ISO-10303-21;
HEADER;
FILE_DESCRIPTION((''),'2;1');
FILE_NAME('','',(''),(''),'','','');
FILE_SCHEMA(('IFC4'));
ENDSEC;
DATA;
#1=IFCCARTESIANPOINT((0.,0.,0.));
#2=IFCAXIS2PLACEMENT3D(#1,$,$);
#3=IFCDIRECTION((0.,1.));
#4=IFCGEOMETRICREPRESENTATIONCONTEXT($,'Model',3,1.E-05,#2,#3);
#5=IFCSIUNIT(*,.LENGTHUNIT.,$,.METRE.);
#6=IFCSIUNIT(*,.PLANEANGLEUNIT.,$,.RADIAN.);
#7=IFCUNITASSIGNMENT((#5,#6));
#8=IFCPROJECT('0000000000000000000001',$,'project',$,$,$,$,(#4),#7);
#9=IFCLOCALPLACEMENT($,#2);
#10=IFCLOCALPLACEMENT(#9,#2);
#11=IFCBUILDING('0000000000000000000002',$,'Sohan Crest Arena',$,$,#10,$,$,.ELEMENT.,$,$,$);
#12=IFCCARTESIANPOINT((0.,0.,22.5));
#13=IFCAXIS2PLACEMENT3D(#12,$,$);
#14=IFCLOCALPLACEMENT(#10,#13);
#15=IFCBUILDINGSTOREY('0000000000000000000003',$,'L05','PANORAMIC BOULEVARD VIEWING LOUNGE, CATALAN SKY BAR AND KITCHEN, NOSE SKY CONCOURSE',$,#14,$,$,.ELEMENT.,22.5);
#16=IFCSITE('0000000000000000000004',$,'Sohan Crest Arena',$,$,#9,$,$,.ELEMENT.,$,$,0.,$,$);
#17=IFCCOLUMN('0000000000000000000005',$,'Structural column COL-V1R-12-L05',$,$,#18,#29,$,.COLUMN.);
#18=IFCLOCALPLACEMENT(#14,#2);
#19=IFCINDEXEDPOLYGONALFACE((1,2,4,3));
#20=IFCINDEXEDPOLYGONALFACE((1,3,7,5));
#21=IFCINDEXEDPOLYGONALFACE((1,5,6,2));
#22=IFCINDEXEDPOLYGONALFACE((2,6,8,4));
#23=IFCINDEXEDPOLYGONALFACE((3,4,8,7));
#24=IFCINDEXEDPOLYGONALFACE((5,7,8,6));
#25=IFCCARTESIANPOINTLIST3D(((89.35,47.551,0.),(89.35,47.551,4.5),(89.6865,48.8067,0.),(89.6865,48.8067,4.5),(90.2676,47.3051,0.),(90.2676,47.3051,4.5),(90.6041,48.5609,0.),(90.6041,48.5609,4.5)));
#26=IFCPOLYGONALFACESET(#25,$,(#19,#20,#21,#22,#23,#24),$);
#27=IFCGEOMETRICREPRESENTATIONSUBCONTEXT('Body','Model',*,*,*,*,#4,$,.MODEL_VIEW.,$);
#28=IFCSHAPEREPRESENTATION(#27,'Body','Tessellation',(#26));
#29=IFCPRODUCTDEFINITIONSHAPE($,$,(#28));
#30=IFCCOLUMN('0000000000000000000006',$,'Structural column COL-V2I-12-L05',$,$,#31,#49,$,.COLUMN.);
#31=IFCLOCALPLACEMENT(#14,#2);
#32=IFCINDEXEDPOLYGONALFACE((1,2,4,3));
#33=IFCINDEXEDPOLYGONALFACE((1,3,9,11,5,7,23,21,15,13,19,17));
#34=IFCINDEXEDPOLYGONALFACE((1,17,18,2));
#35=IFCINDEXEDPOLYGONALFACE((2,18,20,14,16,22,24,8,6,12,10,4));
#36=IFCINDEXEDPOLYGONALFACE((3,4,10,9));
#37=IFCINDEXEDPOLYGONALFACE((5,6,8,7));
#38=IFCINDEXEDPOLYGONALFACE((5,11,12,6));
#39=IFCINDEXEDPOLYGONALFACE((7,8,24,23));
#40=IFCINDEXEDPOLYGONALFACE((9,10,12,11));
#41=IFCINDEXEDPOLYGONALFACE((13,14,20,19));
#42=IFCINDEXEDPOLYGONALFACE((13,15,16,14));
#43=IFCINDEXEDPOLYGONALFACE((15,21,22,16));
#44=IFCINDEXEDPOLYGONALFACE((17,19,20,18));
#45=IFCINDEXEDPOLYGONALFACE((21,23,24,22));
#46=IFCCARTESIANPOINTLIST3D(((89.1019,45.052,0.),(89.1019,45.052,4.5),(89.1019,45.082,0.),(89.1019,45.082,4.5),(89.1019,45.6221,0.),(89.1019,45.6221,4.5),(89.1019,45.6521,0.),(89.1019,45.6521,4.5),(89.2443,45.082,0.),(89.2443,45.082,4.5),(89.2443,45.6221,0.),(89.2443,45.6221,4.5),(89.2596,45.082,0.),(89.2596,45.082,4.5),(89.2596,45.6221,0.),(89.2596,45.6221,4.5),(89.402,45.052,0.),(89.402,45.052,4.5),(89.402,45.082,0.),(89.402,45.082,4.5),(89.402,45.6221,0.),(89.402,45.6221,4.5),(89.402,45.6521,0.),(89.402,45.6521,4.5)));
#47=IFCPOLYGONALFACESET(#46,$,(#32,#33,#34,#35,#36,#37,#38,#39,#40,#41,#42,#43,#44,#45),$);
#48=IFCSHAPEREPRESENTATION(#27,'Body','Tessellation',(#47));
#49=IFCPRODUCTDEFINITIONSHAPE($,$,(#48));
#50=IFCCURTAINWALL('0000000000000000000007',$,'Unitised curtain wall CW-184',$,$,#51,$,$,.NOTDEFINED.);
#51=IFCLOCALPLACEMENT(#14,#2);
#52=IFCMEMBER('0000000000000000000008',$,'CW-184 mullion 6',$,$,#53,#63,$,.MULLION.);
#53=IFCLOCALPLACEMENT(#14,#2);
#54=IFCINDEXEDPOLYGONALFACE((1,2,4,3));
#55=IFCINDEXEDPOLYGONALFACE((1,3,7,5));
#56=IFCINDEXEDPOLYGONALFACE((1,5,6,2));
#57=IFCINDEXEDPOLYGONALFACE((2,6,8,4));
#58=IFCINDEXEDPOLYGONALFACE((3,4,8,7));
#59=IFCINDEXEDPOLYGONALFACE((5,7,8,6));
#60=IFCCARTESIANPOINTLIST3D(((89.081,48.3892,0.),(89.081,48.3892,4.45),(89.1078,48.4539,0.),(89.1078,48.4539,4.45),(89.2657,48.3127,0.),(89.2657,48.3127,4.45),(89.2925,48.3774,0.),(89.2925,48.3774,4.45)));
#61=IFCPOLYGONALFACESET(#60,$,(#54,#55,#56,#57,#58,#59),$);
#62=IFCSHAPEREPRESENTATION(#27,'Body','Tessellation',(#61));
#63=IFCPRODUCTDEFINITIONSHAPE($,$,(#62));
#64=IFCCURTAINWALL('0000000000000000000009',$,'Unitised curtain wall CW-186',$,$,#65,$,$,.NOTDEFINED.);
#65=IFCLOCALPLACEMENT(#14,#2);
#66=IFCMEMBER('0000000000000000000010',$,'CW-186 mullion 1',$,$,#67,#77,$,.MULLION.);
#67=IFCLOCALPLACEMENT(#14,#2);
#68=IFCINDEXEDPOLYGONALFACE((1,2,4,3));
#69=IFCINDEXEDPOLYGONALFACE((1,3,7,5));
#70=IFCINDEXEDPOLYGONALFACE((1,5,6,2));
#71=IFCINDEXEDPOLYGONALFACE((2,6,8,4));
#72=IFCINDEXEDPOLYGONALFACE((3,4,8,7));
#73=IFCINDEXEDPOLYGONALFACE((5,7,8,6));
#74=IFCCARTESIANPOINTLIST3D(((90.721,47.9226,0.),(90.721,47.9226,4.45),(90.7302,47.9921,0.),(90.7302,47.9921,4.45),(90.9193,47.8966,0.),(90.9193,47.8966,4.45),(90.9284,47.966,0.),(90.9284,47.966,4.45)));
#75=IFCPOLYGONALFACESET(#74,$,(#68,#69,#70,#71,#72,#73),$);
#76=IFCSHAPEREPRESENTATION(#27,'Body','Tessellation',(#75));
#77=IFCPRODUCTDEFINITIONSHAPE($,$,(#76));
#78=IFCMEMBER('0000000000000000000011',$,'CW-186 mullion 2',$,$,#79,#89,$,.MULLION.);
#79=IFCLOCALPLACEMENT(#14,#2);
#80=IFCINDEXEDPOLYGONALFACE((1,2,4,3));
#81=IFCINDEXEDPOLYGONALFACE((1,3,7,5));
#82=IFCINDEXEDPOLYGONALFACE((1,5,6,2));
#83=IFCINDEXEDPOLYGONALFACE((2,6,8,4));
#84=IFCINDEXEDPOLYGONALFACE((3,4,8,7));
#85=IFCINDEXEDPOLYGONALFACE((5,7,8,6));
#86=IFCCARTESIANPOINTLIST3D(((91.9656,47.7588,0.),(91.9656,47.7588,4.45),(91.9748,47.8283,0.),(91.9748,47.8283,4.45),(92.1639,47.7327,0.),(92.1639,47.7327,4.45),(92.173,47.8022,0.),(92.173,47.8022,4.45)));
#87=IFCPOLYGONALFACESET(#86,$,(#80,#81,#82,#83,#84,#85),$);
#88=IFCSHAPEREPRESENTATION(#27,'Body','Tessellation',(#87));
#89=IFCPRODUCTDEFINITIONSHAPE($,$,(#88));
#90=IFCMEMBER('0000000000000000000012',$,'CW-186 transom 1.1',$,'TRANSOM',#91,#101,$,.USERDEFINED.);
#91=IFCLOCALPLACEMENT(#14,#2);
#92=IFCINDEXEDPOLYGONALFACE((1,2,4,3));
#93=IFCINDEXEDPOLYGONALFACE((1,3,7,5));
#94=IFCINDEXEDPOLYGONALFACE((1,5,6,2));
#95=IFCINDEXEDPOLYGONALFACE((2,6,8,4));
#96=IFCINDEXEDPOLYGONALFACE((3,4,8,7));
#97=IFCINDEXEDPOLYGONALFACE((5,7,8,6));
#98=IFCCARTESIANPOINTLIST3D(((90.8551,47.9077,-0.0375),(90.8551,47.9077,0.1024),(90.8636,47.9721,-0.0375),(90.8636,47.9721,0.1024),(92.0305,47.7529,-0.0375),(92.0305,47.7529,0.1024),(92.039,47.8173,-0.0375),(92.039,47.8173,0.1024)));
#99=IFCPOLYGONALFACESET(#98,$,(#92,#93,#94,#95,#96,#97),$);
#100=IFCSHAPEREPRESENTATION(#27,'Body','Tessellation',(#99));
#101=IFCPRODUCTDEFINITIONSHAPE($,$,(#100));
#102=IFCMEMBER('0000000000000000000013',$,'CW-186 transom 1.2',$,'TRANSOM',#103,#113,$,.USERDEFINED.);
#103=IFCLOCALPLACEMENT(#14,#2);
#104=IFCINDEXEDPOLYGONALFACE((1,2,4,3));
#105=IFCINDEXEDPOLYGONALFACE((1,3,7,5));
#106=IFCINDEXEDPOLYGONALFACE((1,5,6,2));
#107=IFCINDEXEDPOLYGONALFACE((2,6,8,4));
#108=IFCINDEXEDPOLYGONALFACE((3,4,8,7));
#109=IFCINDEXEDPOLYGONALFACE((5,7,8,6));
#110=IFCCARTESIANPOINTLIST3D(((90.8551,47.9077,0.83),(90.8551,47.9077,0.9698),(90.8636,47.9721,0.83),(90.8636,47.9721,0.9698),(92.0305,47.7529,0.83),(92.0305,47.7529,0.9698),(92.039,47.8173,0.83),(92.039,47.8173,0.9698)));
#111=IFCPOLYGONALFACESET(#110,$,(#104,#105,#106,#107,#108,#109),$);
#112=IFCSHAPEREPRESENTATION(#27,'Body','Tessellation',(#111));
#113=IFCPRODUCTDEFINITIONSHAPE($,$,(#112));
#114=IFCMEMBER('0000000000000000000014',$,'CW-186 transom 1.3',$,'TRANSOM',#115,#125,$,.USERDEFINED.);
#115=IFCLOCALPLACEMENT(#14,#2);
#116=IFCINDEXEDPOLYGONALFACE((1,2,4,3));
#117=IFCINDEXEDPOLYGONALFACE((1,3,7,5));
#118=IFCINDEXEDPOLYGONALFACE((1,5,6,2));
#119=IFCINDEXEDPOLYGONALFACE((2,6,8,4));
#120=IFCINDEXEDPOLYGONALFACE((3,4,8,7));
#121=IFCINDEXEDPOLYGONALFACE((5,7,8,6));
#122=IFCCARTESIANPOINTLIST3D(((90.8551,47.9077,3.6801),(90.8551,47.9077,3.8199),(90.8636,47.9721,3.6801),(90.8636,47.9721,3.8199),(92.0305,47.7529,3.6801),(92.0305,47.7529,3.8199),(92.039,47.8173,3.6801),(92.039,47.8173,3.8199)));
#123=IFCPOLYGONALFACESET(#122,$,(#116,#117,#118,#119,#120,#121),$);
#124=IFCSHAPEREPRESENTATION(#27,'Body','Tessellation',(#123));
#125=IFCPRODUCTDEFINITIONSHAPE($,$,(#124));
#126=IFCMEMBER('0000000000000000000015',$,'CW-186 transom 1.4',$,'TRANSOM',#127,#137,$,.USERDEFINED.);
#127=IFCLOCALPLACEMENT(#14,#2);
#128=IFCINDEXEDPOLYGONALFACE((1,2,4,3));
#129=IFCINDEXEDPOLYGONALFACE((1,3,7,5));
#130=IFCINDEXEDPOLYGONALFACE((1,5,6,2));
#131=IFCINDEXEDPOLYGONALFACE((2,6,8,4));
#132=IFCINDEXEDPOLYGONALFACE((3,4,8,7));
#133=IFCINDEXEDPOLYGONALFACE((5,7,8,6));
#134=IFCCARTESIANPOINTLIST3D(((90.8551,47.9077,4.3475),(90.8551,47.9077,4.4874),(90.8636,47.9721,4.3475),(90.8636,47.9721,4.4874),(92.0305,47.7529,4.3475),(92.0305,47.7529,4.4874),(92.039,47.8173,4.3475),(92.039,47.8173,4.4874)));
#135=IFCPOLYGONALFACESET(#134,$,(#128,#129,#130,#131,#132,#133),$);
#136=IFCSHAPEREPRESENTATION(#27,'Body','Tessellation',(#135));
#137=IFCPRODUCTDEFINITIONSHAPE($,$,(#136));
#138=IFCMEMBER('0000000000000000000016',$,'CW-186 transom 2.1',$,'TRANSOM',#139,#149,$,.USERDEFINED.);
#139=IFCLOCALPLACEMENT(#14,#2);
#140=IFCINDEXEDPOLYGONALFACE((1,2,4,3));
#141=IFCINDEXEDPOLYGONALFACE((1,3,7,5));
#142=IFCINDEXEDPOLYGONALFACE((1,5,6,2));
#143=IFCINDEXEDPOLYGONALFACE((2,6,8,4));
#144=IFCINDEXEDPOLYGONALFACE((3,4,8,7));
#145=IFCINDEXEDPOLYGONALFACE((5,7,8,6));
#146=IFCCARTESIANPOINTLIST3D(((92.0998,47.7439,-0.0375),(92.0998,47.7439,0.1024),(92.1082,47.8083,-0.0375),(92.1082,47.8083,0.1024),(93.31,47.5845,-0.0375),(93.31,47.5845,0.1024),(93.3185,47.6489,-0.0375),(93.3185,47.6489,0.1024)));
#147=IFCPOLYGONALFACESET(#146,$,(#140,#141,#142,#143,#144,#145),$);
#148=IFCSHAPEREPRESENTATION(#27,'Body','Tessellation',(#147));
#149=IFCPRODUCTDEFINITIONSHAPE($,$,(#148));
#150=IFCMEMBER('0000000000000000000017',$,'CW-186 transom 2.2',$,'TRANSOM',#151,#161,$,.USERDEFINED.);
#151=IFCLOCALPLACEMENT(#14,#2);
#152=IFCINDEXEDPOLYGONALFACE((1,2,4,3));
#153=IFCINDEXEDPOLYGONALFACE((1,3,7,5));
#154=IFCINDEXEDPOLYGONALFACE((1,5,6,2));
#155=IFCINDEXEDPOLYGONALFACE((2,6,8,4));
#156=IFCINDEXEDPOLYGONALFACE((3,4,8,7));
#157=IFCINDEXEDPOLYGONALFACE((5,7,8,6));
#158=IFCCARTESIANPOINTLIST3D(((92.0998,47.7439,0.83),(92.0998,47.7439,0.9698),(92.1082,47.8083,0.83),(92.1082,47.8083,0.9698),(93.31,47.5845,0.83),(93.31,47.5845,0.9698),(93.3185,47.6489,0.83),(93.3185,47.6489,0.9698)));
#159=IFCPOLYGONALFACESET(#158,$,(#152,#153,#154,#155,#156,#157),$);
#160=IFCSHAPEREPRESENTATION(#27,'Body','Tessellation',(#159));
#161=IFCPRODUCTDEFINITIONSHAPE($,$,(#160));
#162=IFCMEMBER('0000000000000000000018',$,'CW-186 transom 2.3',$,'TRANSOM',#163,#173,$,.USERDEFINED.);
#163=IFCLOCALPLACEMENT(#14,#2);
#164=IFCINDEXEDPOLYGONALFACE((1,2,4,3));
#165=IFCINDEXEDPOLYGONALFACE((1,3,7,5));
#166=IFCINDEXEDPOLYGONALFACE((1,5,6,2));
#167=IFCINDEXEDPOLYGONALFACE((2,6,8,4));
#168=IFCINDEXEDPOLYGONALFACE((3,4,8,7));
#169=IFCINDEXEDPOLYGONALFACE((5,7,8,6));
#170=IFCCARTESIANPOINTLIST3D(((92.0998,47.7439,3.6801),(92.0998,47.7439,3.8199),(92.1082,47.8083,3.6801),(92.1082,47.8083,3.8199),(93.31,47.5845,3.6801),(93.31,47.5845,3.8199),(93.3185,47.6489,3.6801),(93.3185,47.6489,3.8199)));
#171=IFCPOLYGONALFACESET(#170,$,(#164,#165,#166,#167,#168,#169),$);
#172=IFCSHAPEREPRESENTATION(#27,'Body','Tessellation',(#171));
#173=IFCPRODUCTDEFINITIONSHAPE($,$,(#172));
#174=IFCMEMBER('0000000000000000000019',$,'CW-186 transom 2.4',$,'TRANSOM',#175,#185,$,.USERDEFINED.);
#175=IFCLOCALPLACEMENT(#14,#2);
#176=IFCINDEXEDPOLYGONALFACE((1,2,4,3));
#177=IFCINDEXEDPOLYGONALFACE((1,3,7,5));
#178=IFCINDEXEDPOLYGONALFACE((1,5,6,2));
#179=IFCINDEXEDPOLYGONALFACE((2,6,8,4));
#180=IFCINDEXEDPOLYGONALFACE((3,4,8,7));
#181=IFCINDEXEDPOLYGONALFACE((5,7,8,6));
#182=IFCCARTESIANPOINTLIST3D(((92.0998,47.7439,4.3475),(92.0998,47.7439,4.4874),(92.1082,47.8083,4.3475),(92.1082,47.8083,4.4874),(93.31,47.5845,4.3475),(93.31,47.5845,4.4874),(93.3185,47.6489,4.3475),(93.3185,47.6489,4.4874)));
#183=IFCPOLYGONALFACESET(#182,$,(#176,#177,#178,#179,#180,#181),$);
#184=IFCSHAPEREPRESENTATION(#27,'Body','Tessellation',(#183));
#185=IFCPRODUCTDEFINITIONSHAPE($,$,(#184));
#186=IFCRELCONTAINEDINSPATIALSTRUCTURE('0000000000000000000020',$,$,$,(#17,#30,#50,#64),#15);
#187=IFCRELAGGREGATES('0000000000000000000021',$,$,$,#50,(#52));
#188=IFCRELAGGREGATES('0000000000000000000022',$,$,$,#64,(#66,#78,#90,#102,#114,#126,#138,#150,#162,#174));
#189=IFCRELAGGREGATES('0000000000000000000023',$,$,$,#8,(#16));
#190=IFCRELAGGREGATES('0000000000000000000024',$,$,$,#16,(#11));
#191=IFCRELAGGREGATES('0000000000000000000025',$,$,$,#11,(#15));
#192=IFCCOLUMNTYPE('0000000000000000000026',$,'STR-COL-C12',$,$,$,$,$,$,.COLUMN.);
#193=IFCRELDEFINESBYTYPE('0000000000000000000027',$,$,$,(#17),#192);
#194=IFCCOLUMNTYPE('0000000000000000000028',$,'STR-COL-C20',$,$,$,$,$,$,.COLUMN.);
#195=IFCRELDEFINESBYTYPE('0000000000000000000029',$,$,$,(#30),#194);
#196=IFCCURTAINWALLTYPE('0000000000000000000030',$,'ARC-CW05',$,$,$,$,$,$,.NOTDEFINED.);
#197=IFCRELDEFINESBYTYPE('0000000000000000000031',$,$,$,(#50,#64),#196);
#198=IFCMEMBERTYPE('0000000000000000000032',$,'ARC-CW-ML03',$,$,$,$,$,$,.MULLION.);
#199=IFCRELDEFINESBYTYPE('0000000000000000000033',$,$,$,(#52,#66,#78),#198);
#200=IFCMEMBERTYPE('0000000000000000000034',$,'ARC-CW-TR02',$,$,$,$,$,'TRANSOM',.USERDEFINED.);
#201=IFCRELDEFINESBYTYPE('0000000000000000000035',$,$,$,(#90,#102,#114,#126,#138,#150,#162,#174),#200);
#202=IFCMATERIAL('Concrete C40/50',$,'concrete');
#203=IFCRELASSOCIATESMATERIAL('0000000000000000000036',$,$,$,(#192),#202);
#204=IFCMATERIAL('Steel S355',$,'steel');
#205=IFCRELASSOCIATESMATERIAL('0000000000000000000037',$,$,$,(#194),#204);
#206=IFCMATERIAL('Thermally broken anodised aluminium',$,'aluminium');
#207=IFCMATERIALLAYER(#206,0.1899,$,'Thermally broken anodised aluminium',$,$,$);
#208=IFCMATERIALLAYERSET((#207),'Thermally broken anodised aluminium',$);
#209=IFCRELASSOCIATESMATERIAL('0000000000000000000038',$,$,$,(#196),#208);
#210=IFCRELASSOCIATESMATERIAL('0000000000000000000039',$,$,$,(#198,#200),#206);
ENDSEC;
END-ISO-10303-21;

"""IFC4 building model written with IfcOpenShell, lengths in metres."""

from ifc_helpers import new_model, si_unit, direction, frame, origin, origin_2d, place, context, subcontext, project, spatial, rectangle, i_section, extrude, material, layer, layer_set, material_profile, profile_set, type_object, element, aggregate, save


model = new_model("IFC4")

# Units and contexts
model_context = context("Model", 3, precision=1e-05, world=origin(), true_north=direction((0.0, 1.0)))
body_context = subcontext(model_context, "Body", "Model", "MODEL_VIEW")
ifc_project = project(units=[si_unit("LENGTHUNIT", "METRE"), si_unit("PLANEANGLEUNIT", "RADIAN")], contexts=[model_context])

# Site, building, storey
site_placement = place(None, origin())
site = spatial("IfcSite", under=ifc_project, at=site_placement, Name="Sohan Crest Arena", CompositionType="ELEMENT", RefElevation=0.0)
building_placement = place(site_placement, origin())
building = spatial("IfcBuilding", under=site, at=building_placement, Name="Sohan Crest Arena", CompositionType="ELEMENT")
storey_placement = place(building_placement, frame((0.0, 0.0, 22.5)))
storey = spatial("IfcBuildingStorey", under=building, at=storey_placement, Name="L05", Description="PANORAMIC BOULEVARD VIEWING LOUNGE, CATALAN SKY BAR AND KITCHEN, NOSE SKY CONCOURSE", CompositionType="ELEMENT", Elevation=22.5)

# Columns
ifc_material_1 = material(Name="Concrete C40/50", Category="concrete")
ifc_material_profile_1 = material_profile(ifc_material_1, rectangle(XDim=1.3, YDim=0.95, at=origin_2d()), Name="RC 1300x950")
ifc_profile_set_1 = profile_set([ifc_material_profile_1], Name="Concrete C40/50")
column_type_1 = type_object("IfcColumnType", Name="STR-COL-C12", PredefinedType="COLUMN", material=ifc_profile_set_1)
column_1_placement = place(storey_placement, frame((89.9771, 48.0559, 0.0), z_axis=(0.0, 0.0, 1.0), x_axis=(0.258819, 0.965926, 0.0)))
element("IfcColumn", 1, at=column_1_placement, inside=storey, type_object=column_type_1, Name="Structural column COL-V1R-12-L05", PredefinedType="COLUMN", context=body_context, shape_type="SweptSolid", body=[
    extrude(rectangle(XDim=1.3, YDim=0.95, at=origin_2d()), origin(), (0.0, 0.0, 1.0), 4.5),
])
ifc_material_2 = material(Name="Steel S355", Category="steel")
ifc_material_profile_2 = material_profile(ifc_material_2, i_section(OverallWidth=0.3, OverallDepth=0.6001, WebThickness=0.0154, FlangeThickness=0.03, at=origin_2d()), Name="HEB 600")
ifc_profile_set_2 = profile_set([ifc_material_profile_2], Name="Steel S355")
column_type_2 = type_object("IfcColumnType", Name="STR-COL-C20", PredefinedType="COLUMN", material=ifc_profile_set_2)
column_2_placement = place(storey_placement, frame((89.252, 45.3521, 0.0), z_axis=(0.0, 0.0, 1.0), x_axis=(1.0, 0.0, 0.0)))
element("IfcColumn", 2, at=column_2_placement, inside=storey, type_object=column_type_2, Name="Structural column COL-V2I-12-L05", PredefinedType="COLUMN", context=body_context, shape_type="SweptSolid", body=[
    extrude(i_section(OverallWidth=0.3, OverallDepth=0.6001, WebThickness=0.0154, FlangeThickness=0.03, at=origin_2d()), origin(), (0.0, 0.0, 1.0), 4.5),
])

# Curtain wall, member
ifc_material_3 = material(Name="Thermally broken anodised aluminium", Category="aluminium")
ifc_layer_1 = layer(ifc_material_3, 0.1899, Name="Thermally broken anodised aluminium")
ifc_layer_set_1 = layer_set([ifc_layer_1], Name="Thermally broken anodised aluminium")
curtain_wall_type = type_object("IfcCurtainWallType", Name="ARC-CW05", PredefinedType="NOTDEFINED", material=ifc_layer_set_1)
curtain_wall_1_placement = place(storey_placement, origin())
curtain_wall_1 = element("IfcCurtainWall", 3, at=curtain_wall_1_placement, inside=storey, type_object=curtain_wall_type, Name="Unitised curtain wall CW-184", PredefinedType="NOTDEFINED")
ifc_material_profile_3 = material_profile(ifc_material_3, rectangle(XDim=0.0701, YDim=0.2, at=origin_2d()), Name="ALU-MULL 70x200")
ifc_profile_set_3 = profile_set([ifc_material_profile_3], Name="Thermally broken anodised aluminium")
member_type_1 = type_object("IfcMemberType", Name="ARC-CW-ML03", PredefinedType="MULLION", material=ifc_profile_set_3)
member_1_placement = place(storey_placement, frame((89.1868, 48.3833, 0.0), z_axis=(0.0, 0.0, 1.0), x_axis=(0.382667, 0.923886, 0.0)))
member_1 = element("IfcMember", 4, at=member_1_placement, type_object=member_type_1, Name="CW-184 mullion 6", PredefinedType="MULLION", context=body_context, shape_type="SweptSolid", body=[
    extrude(rectangle(XDim=0.0701, YDim=0.2, at=origin_2d()), origin(), (0.0, 0.0, 1.0), 4.45),
])

# Curtain wall, members
curtain_wall_2_placement = place(storey_placement, origin())
curtain_wall_2 = element("IfcCurtainWall", 5, at=curtain_wall_2_placement, inside=storey, type_object=curtain_wall_type, Name="Unitised curtain wall CW-186", PredefinedType="NOTDEFINED")
member_2_placement = place(storey_placement, frame((90.8247, 47.9443, 0.0), z_axis=(0.0, 0.0, 1.0), x_axis=(0.130499, 0.991448, 0.0)))
member_2 = element("IfcMember", 6, at=member_2_placement, type_object=member_type_1, Name="CW-186 mullion 1", PredefinedType="MULLION", context=body_context, shape_type="SweptSolid", body=[
    extrude(rectangle(XDim=0.0701, YDim=0.2, at=origin_2d()), origin(), (0.0, 0.0, 1.0), 4.45),
])
member_3_placement = place(storey_placement, frame((92.0693, 47.7805, 0.0), z_axis=(0.0, 0.0, 1.0), x_axis=(0.130499, 0.991448, 0.0)))
member_3 = element("IfcMember", 7, at=member_3_placement, type_object=member_type_1, Name="CW-186 mullion 2", PredefinedType="MULLION", context=body_context, shape_type="SweptSolid", body=[
    extrude(rectangle(XDim=0.0701, YDim=0.2, at=origin_2d()), origin(), (0.0, 0.0, 1.0), 4.45),
])
ifc_material_profile_4 = material_profile(ifc_material_3, rectangle(XDim=0.0649, YDim=0.1399, at=origin_2d()), Name="ALU-TRAN 65x140")
ifc_profile_set_4 = profile_set([ifc_material_profile_4], Name="Thermally broken anodised aluminium")
member_type_2 = type_object("IfcMemberType", Name="ARC-CW-TR02", ElementType="TRANSOM", PredefinedType="USERDEFINED", material=ifc_profile_set_4)
member_4_placement = place(storey_placement, frame((90.8594, 47.9399, 0.0325), z_axis=(0.991439, -0.130572, 0.0), x_axis=(0.130572, 0.991439, 0.0)))
member_4 = element("IfcMember", 8, at=member_4_placement, type_object=member_type_2, Name="CW-186 transom 1.1", ObjectType="TRANSOM", PredefinedType="USERDEFINED", context=body_context, shape_type="SweptSolid", body=[
    extrude(rectangle(XDim=0.0649, YDim=0.1399, at=origin_2d()), origin(), (0.0, 0.0, 1.0), 1.1855),
])
member_5_placement = place(storey_placement, frame((90.8594, 47.9399, 0.8999), z_axis=(0.991439, -0.130572, 0.0), x_axis=(0.130572, 0.991439, 0.0)))
member_5 = element("IfcMember", 9, at=member_5_placement, type_object=member_type_2, Name="CW-186 transom 1.2", ObjectType="TRANSOM", PredefinedType="USERDEFINED", context=body_context, shape_type="SweptSolid", body=[
    extrude(rectangle(XDim=0.0649, YDim=0.1399, at=origin_2d()), origin(), (0.0, 0.0, 1.0), 1.1855),
])
member_6_placement = place(storey_placement, frame((90.8594, 47.9399, 3.75), z_axis=(0.991439, -0.130572, 0.0), x_axis=(0.130572, 0.991439, 0.0)))
member_6 = element("IfcMember", 10, at=member_6_placement, type_object=member_type_2, Name="CW-186 transom 1.3", ObjectType="TRANSOM", PredefinedType="USERDEFINED", context=body_context, shape_type="SweptSolid", body=[
    extrude(rectangle(XDim=0.0649, YDim=0.1399, at=origin_2d()), origin(), (0.0, 0.0, 1.0), 1.1855),
])
member_7_placement = place(storey_placement, frame((90.8594, 47.9399, 4.4175), z_axis=(0.991439, -0.130572, 0.0), x_axis=(0.130572, 0.991439, 0.0)))
member_7 = element("IfcMember", 11, at=member_7_placement, type_object=member_type_2, Name="CW-186 transom 1.4", ObjectType="TRANSOM", PredefinedType="USERDEFINED", context=body_context, shape_type="SweptSolid", body=[
    extrude(rectangle(XDim=0.0649, YDim=0.1399, at=origin_2d()), origin(), (0.0, 0.0, 1.0), 1.1855),
])
member_8_placement = place(storey_placement, frame((92.104, 47.7761, 0.0325), z_axis=(0.991435, -0.130605, 0.0), x_axis=(0.130605, 0.991435, 0.0)))
member_8 = element("IfcMember", 12, at=member_8_placement, type_object=member_type_2, Name="CW-186 transom 2.1", ObjectType="TRANSOM", PredefinedType="USERDEFINED", context=body_context, shape_type="SweptSolid", body=[
    extrude(rectangle(XDim=0.0649, YDim=0.1399, at=origin_2d()), origin(), (0.0, 0.0, 1.0), 1.2207),
])
member_9_placement = place(storey_placement, frame((92.104, 47.7761, 0.8999), z_axis=(0.991435, -0.130605, 0.0), x_axis=(0.130605, 0.991435, 0.0)))
member_9 = element("IfcMember", 13, at=member_9_placement, type_object=member_type_2, Name="CW-186 transom 2.2", ObjectType="TRANSOM", PredefinedType="USERDEFINED", context=body_context, shape_type="SweptSolid", body=[
    extrude(rectangle(XDim=0.0649, YDim=0.1399, at=origin_2d()), origin(), (0.0, 0.0, 1.0), 1.2207),
])
member_10_placement = place(storey_placement, frame((92.104, 47.7761, 3.75), z_axis=(0.991435, -0.130605, 0.0), x_axis=(0.130605, 0.991435, 0.0)))
member_10 = element("IfcMember", 14, at=member_10_placement, type_object=member_type_2, Name="CW-186 transom 2.3", ObjectType="TRANSOM", PredefinedType="USERDEFINED", context=body_context, shape_type="SweptSolid", body=[
    extrude(rectangle(XDim=0.0649, YDim=0.1399, at=origin_2d()), origin(), (0.0, 0.0, 1.0), 1.2207),
])
member_11_placement = place(storey_placement, frame((92.104, 47.7761, 4.4175), z_axis=(0.991435, -0.130605, 0.0), x_axis=(0.130605, 0.991435, 0.0)))
member_11 = element("IfcMember", 15, at=member_11_placement, type_object=member_type_2, Name="CW-186 transom 2.4", ObjectType="TRANSOM", PredefinedType="USERDEFINED", context=body_context, shape_type="SweptSolid", body=[
    extrude(rectangle(XDim=0.0649, YDim=0.1399, at=origin_2d()), origin(), (0.0, 0.0, 1.0), 1.2207),
])

aggregate(curtain_wall_1, [member_1])
aggregate(curtain_wall_2, [member_2, member_3, member_4, member_5, member_6, member_7, member_8, member_9, member_10, member_11])

save(model, "model.ifc")
